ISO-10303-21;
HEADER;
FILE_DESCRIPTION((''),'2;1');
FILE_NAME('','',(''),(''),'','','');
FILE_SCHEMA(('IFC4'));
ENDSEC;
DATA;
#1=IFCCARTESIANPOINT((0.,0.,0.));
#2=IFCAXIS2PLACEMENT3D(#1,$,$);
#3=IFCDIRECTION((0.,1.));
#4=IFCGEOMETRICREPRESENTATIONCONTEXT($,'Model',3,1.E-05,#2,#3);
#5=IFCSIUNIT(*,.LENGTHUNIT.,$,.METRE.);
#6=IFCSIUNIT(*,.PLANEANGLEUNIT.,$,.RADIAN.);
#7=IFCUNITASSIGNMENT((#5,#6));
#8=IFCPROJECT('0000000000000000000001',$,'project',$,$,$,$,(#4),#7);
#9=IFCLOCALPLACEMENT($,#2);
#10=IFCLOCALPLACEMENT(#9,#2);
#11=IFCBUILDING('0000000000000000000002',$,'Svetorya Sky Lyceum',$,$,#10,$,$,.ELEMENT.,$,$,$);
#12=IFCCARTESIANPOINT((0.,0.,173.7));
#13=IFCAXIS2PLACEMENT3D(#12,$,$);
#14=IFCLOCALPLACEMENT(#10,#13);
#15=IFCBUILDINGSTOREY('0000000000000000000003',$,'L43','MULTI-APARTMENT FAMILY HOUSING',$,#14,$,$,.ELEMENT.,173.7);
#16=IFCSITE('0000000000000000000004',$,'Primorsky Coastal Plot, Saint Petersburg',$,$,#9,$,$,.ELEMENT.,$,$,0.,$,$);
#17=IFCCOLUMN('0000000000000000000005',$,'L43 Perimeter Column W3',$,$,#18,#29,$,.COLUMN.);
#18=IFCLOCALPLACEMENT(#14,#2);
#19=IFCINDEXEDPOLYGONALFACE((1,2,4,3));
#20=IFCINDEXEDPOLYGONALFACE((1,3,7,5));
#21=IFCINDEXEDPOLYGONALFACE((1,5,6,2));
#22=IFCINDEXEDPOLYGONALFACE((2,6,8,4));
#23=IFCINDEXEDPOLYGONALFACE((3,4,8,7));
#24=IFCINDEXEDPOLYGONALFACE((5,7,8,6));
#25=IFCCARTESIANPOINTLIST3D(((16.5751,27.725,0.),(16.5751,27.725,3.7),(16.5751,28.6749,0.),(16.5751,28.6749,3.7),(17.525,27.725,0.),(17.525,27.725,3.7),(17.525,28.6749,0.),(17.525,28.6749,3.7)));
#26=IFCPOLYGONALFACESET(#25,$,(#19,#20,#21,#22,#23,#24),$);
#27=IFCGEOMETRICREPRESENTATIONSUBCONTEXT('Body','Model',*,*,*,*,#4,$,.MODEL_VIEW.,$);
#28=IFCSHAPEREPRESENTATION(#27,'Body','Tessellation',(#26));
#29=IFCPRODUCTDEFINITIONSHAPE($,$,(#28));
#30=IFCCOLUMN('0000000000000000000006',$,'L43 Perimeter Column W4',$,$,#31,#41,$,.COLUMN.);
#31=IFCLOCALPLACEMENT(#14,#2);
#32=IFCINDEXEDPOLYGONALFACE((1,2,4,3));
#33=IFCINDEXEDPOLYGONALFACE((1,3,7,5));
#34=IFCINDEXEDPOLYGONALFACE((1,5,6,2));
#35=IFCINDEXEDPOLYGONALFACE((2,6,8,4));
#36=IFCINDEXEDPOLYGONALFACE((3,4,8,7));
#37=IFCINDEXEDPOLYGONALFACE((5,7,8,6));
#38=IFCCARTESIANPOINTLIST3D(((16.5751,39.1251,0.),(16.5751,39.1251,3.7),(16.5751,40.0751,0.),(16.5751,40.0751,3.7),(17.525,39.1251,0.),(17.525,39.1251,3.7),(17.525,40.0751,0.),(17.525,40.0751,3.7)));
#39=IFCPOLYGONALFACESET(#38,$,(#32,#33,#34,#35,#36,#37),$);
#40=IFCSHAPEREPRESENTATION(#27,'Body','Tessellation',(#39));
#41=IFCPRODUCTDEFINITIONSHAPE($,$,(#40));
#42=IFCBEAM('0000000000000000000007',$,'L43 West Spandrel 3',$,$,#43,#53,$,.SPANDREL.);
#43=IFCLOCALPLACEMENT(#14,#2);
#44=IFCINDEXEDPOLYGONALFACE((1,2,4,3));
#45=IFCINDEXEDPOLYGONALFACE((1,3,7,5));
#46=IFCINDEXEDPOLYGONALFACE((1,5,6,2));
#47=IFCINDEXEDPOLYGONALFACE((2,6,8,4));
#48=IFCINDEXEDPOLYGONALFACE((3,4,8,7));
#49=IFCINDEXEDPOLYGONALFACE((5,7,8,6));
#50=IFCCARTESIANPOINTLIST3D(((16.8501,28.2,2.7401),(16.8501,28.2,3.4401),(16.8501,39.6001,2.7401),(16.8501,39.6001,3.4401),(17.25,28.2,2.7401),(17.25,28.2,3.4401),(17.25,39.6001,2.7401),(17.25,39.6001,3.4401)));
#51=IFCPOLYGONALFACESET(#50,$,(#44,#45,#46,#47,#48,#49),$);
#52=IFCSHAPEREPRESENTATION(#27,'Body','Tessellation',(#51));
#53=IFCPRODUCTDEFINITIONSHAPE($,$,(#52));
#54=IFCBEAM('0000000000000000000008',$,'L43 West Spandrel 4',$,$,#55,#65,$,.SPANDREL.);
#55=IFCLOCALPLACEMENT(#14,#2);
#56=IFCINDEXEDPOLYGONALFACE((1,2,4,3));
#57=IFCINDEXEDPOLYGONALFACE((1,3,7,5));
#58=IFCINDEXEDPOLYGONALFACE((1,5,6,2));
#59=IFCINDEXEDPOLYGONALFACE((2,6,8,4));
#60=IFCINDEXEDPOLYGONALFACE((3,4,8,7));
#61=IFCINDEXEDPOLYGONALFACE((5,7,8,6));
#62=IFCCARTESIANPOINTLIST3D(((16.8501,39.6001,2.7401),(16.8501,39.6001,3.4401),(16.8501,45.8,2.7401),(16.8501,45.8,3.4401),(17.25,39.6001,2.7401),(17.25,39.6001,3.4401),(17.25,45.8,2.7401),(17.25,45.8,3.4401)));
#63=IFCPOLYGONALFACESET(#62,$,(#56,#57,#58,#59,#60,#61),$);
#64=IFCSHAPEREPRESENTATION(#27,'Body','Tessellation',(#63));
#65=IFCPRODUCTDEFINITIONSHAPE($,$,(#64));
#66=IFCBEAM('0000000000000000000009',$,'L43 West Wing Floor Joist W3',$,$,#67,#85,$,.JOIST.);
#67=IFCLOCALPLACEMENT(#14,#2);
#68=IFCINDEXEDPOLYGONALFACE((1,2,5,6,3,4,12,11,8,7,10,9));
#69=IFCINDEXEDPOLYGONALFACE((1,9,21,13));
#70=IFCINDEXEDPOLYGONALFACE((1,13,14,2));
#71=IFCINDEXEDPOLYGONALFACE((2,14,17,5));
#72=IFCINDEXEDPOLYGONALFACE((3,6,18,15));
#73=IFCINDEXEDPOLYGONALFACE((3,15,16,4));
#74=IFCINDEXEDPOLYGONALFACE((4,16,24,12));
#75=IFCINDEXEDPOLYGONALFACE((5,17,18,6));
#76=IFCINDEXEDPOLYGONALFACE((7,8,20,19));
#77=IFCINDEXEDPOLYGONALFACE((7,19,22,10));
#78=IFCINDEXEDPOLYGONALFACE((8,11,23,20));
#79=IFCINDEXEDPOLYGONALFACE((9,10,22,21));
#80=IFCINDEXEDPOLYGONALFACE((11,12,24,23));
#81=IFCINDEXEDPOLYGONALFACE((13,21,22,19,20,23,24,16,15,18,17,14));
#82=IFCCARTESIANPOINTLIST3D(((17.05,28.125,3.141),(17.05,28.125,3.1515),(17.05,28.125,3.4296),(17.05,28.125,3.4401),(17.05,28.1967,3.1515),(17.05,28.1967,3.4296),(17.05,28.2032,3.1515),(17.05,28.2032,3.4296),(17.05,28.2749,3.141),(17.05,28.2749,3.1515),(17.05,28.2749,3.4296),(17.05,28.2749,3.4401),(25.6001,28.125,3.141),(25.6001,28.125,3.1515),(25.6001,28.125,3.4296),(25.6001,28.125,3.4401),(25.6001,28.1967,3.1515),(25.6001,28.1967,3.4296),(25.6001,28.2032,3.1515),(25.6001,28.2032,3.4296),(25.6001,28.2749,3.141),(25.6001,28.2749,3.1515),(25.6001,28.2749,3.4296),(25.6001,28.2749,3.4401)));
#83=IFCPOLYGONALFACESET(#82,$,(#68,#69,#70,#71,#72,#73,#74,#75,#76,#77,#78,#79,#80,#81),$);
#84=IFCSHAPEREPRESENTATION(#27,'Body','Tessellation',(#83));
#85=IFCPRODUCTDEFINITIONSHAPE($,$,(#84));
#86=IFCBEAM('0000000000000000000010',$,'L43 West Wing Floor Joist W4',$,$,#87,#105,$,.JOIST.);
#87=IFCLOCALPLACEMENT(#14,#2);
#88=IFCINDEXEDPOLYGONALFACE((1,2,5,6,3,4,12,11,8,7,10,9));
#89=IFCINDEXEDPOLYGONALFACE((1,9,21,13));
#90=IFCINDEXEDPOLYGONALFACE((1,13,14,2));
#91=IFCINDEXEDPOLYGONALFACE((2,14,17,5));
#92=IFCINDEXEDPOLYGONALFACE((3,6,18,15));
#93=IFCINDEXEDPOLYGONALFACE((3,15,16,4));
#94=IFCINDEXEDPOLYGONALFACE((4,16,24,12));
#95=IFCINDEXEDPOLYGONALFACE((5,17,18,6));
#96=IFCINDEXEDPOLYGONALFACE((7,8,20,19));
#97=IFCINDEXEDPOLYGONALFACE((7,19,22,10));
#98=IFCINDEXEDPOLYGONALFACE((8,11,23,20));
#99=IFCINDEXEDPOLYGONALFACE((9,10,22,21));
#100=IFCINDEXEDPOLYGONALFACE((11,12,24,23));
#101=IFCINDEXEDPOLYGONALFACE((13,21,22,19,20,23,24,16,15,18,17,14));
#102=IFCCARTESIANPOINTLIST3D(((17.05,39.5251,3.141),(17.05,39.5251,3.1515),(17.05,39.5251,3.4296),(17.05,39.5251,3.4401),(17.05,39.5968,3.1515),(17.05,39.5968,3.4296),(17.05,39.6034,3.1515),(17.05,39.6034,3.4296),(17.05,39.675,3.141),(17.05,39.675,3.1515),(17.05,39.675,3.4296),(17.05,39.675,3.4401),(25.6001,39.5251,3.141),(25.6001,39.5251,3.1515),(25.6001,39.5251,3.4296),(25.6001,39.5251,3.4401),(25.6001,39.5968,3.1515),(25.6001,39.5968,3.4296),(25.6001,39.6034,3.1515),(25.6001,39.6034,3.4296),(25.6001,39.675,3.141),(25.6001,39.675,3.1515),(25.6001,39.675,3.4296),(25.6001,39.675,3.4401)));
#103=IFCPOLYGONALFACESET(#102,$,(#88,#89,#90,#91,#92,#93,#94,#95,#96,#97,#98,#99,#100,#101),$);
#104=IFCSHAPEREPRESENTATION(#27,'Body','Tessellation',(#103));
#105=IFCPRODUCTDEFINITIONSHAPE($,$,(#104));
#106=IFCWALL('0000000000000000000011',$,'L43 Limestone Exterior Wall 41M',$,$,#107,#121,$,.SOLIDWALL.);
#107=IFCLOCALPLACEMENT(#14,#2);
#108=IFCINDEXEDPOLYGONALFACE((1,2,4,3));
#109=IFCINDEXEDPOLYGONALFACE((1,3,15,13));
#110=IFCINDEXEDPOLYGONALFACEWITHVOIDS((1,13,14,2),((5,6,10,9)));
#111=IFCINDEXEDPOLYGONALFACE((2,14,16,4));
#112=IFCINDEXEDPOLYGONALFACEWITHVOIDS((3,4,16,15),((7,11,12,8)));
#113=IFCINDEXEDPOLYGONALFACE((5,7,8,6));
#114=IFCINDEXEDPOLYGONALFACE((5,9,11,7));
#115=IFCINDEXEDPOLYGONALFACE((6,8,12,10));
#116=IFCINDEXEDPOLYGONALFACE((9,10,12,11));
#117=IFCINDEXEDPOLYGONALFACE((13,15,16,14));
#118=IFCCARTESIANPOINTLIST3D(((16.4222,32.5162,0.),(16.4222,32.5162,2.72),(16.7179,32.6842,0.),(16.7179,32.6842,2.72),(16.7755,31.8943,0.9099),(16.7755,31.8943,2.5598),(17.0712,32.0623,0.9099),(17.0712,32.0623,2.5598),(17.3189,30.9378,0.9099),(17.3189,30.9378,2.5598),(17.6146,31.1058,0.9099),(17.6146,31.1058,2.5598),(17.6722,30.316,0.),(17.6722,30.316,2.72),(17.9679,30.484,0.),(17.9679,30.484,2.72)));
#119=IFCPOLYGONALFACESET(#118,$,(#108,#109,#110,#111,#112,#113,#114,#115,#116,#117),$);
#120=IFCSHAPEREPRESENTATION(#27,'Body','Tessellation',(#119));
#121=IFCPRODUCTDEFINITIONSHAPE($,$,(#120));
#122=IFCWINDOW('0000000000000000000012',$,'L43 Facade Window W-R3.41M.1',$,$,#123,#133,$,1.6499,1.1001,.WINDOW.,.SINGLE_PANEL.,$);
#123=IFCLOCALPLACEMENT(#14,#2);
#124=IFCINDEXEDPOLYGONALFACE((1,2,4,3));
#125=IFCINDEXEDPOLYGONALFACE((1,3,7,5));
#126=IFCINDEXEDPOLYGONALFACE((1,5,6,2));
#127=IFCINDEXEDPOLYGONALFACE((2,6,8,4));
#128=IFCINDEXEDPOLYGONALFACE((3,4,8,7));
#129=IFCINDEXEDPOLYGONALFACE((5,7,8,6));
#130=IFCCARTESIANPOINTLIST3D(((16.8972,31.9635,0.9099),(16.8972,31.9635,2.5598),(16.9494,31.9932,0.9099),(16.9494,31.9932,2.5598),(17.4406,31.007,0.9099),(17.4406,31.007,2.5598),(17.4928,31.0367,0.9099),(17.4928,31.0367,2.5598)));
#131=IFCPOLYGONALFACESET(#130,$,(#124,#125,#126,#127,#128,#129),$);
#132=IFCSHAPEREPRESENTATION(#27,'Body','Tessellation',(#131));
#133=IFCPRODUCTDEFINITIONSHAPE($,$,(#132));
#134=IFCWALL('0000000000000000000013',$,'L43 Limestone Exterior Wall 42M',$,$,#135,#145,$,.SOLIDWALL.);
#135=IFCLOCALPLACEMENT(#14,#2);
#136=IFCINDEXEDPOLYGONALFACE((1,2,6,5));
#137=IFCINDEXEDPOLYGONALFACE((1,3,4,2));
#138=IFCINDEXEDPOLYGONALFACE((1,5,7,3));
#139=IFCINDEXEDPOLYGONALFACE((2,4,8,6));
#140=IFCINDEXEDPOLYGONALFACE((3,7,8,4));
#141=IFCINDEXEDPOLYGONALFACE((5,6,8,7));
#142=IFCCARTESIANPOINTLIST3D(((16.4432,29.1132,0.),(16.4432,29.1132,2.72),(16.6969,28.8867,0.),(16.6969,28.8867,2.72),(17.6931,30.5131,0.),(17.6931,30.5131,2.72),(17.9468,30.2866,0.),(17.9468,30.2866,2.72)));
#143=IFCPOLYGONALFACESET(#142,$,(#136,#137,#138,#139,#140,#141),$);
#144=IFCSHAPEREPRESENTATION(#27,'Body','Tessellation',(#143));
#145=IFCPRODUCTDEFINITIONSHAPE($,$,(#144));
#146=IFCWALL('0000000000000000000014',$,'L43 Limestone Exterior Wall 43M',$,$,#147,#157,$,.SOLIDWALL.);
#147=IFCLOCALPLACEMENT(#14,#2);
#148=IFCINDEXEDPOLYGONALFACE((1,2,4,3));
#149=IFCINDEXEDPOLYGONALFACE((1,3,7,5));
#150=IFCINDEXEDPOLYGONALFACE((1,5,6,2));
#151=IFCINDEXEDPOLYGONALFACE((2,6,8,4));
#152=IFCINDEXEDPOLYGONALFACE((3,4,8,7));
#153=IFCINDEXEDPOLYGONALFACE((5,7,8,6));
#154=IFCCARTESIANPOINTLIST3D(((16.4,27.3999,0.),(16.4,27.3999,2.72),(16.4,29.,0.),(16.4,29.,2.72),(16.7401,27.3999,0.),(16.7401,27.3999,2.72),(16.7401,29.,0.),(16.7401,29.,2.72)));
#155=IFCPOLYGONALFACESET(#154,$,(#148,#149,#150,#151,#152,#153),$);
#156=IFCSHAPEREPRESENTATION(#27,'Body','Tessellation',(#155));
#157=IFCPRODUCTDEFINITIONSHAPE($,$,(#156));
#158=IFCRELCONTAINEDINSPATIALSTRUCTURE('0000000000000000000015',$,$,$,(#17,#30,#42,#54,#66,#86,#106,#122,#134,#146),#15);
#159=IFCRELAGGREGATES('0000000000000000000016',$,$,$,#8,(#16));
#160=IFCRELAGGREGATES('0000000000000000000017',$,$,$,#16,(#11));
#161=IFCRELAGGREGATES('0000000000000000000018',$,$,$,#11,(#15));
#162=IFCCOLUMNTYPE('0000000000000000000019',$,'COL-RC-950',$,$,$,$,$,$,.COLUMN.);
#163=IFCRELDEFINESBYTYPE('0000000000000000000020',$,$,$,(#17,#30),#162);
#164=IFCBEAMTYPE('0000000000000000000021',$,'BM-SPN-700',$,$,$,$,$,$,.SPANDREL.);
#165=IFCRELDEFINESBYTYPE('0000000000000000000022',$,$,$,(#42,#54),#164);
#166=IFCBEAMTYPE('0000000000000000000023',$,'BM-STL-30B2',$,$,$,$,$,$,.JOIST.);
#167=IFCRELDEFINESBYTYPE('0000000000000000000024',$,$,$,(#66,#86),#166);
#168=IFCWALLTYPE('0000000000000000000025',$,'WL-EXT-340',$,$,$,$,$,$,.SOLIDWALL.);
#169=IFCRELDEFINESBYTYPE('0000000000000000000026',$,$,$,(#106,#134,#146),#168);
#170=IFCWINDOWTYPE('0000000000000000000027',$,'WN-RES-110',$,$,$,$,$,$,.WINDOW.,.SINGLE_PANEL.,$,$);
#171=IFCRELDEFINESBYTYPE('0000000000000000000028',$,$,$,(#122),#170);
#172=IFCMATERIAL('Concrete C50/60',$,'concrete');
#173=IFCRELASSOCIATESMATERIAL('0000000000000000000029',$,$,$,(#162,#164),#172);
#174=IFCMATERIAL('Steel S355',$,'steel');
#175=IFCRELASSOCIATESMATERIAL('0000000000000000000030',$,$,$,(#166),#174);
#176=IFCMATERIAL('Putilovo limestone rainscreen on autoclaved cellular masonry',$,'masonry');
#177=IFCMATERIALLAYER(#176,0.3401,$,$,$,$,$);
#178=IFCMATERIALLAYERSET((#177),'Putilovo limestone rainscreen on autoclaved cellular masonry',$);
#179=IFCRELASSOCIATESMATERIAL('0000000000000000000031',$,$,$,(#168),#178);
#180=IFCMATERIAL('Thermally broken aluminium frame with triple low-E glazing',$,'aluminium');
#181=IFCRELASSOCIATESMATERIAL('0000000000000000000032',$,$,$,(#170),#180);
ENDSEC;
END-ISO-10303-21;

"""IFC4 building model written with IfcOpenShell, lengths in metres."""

from ifc_helpers import new_model, si_unit, direction, frame, frame_2d, origin, origin_2d, place, context, subcontext, project, spatial, rectangle, i_section, extrude, material, layer, layer_set, material_profile, profile_set, type_object, element, fill, save


model = new_model("IFC4")

# Units and contexts
model_context = context("Model", 3, precision=1e-05, world=origin(), true_north=direction((0.0, 1.0)))
body_context = subcontext(model_context, "Body", "Model", "MODEL_VIEW")
ifc_project = project(units=[si_unit("LENGTHUNIT", "METRE"), si_unit("PLANEANGLEUNIT", "RADIAN")], contexts=[model_context])

# Site, building, storey
site_placement = place(None, origin())
site = spatial("IfcSite", under=ifc_project, at=site_placement, Name="Primorsky Coastal Plot, Saint Petersburg", CompositionType="ELEMENT", RefElevation=0.0)
building_placement = place(site_placement, origin())
building = spatial("IfcBuilding", under=site, at=building_placement, Name="Svetorya Sky Lyceum", CompositionType="ELEMENT")
storey_placement = place(building_placement, frame((0.0, 0.0, 173.7)))
storey = spatial("IfcBuildingStorey", under=building, at=storey_placement, Name="L43", Description="MULTI-APARTMENT FAMILY HOUSING", CompositionType="ELEMENT", Elevation=173.7)

# Columns
ifc_material_1 = material(Name="Concrete C50/60", Category="concrete")
ifc_material_profile_1 = material_profile(ifc_material_1, rectangle(XDim=0.95, YDim=0.95, at=origin_2d()), Name="RC COL 950x950")
ifc_profile_set_1 = profile_set([ifc_material_profile_1], Name="Concrete C50/60")
column_type = type_object("IfcColumnType", Name="COL-RC-950", PredefinedType="COLUMN", material=ifc_profile_set_1)
for number, where, z_axis, x_axis, name in (
    (1, (17.05, 28.2, 0.0), (0.0, 0.0, 1.0), (1.0, 0.0, 0.0), "L43 Perimeter Column W3"),
    (2, (17.05, 39.6001, 0.0), (0.0, 0.0, 1.0), (1.0, 0.0, 0.0), "L43 Perimeter Column W4"),
):
    element("IfcColumn", number, at=place(storey_placement, frame(where, z_axis=z_axis, x_axis=x_axis)), inside=storey, type_object=column_type, Name=name, PredefinedType="COLUMN", context=body_context, shape_type="SweptSolid", body=[
        extrude(rectangle(XDim=0.95, YDim=0.95, at=origin_2d()), origin(), (0.0, 0.0, 1.0), 3.7),
    ])

# Beams
ifc_material_profile_2 = material_profile(ifc_material_1, rectangle(XDim=0.3999, YDim=0.7, at=origin_2d()), Name="RC SPANDREL 400x700")
ifc_profile_set_2 = profile_set([ifc_material_profile_2], Name="Concrete C50/60")
beam_type_1 = type_object("IfcBeamType", Name="BM-SPN-700", PredefinedType="SPANDREL", material=ifc_profile_set_2)
beam_1_placement = place(storey_placement, frame((17.05, 28.2, 3.0901), z_axis=(0.0, 1.0, 0.0), x_axis=(-1.0, 0.0, 0.0)))
element("IfcBeam", 3, at=beam_1_placement, inside=storey, type_object=beam_type_1, Name="L43 West Spandrel 3", PredefinedType="SPANDREL", context=body_context, shape_type="SweptSolid", body=[
    extrude(rectangle(XDim=0.3999, YDim=0.7, at=origin_2d()), origin(), (0.0, 0.0, 1.0), 11.4001),
])
beam_2_placement = place(storey_placement, frame((17.05, 39.6001, 3.0901), z_axis=(0.0, 1.0, 0.0), x_axis=(-1.0, 0.0, 0.0)))
element("IfcBeam", 4, at=beam_2_placement, inside=storey, type_object=beam_type_1, Name="L43 West Spandrel 4", PredefinedType="SPANDREL", context=body_context, shape_type="SweptSolid", body=[
    extrude(rectangle(XDim=0.3999, YDim=0.7, at=origin_2d()), origin(), (0.0, 0.0, 1.0), 6.2),
])
ifc_material_2 = material(Name="Steel S355", Category="steel")
ifc_material_profile_3 = material_profile(ifc_material_2, i_section(OverallWidth=0.1499, OverallDepth=0.2991, WebThickness=0.0066, FlangeThickness=0.0105, at=origin_2d()), Name="GOST 30B2")
ifc_profile_set_3 = profile_set([ifc_material_profile_3], Name="Steel S355")
beam_type_2 = type_object("IfcBeamType", Name="BM-STL-30B2", PredefinedType="JOIST", material=ifc_profile_set_3)
for number, where, z_axis, x_axis, name in (
    (5, (17.05, 28.2, 3.2905), (1.0, 0.0, 0.0), (0.0, 1.0, 0.0), "L43 West Wing Floor Joist W3"),
    (6, (17.05, 39.6001, 3.2905), (1.0, 0.0, 0.0), (0.0, 1.0, 0.0), "L43 West Wing Floor Joist W4"),
):
    element("IfcBeam", number, at=place(storey_placement, frame(where, z_axis=z_axis, x_axis=x_axis)), inside=storey, type_object=beam_type_2, Name=name, PredefinedType="JOIST", context=body_context, shape_type="SweptSolid", body=[
        extrude(i_section(OverallWidth=0.1499, OverallDepth=0.2991, WebThickness=0.0066, FlangeThickness=0.0105, at=origin_2d()), origin(), (0.0, 0.0, 1.0), 8.55),
    ])

# Wall, opening, window
ifc_material_3 = material(Name="Putilovo limestone rainscreen on autoclaved cellular masonry", Category="masonry")
ifc_layer_1 = layer(ifc_material_3, 0.3401)
ifc_layer_set_1 = layer_set([ifc_layer_1], Name="Putilovo limestone rainscreen on autoclaved cellular masonry")
wall_type_1 = type_object("IfcWallType", Name="WL-EXT-340", PredefinedType="SOLIDWALL", material=ifc_layer_set_1)
wall_1_placement = place(storey_placement, frame((16.5701, 32.6001, 0.0), z_axis=(0.0, 0.0, 1.0), x_axis=(0.493976, -0.869475, 0.0)))
wall_1 = element("IfcWall", 7, at=wall_1_placement, inside=storey, type_object=wall_type_1, Name="L43 Limestone Exterior Wall 41M", PredefinedType="SOLIDWALL", context=body_context, shape_type="SweptSolid", body=[
    extrude(rectangle(XDim=2.5305, YDim=0.3401, at=frame_2d((1.2651, 0.0))), origin(), (0.0, 0.0, 1.0), 2.72),
])
opening_1_placement = place(wall_1_placement, frame((0.7151, 0.0, 0.9099)))
opening_1 = element("IfcOpeningElement", 8, at=opening_1_placement, cuts=wall_1, PredefinedType="OPENING", context=body_context, shape_type="SweptSolid", body=[
    extrude(rectangle(XDim=1.1001, YDim=1.6499, at=frame_2d((0.55, 0.825))), frame((0.0, 0.1799, 0.0), z_axis=(0.0, -1.0, 0.0), x_axis=(1.0, 0.0, 0.0)), (0.0, 0.0, 1.0), 0.3601),
])
ifc_material_4 = material(Name="Thermally broken aluminium frame with triple low-E glazing", Category="aluminium")
window_type_1 = type_object("IfcWindowType", Name="WN-RES-110", PartitioningType="SINGLE_PANEL", PredefinedType="WINDOW", material=ifc_material_4)
window_1_placement = place(opening_1_placement, origin())
window_1 = element("IfcWindow", 9, at=window_1_placement, inside=storey, type_object=window_type_1, Name="L43 Facade Window W-R3.41M.1", OverallHeight=1.6499, OverallWidth=1.1001, PartitioningType="SINGLE_PANEL", PredefinedType="WINDOW", context=body_context, shape_type="SweptSolid", body=[
    extrude(rectangle(XDim=1.1001, YDim=1.6499, at=frame_2d((0.55, 0.825))), frame((0.0, 0.03, 0.0), z_axis=(0.0, -1.0, 0.0), x_axis=(1.0, 0.0, 0.0)), (0.0, 0.0, 1.0), 0.0601),
])
fill(opening_1, window_1)

# Walls
wall_2_placement = place(storey_placement, frame((17.8201, 30.3999, 0.0), z_axis=(0.0, 0.0, 1.0), x_axis=(-0.666042, -0.745915, 0.0)))
element("IfcWall", 10, at=wall_2_placement, inside=storey, type_object=wall_type_1, Name="L43 Limestone Exterior Wall 42M", PredefinedType="SOLIDWALL", context=body_context, shape_type="SweptSolid", body=[
    extrude(rectangle(XDim=1.8767, YDim=0.3401, at=frame_2d((0.9385, 0.0))), origin(), (0.0, 0.0, 1.0), 2.72),
])
wall_3_placement = place(storey_placement, frame((16.5701, 29.0, 0.0), z_axis=(0.0, 0.0, 1.0), x_axis=(0.0, -1.0, 0.0)))
element("IfcWall", 11, at=wall_3_placement, inside=storey, type_object=wall_type_1, Name="L43 Limestone Exterior Wall 43M", PredefinedType="SOLIDWALL", context=body_context, shape_type="SweptSolid", body=[
    extrude(rectangle(XDim=1.6001, YDim=0.3401, at=frame_2d((0.8, 0.0))), origin(), (0.0, 0.0, 1.0), 2.72),
])

save(model, "model.ifc")
